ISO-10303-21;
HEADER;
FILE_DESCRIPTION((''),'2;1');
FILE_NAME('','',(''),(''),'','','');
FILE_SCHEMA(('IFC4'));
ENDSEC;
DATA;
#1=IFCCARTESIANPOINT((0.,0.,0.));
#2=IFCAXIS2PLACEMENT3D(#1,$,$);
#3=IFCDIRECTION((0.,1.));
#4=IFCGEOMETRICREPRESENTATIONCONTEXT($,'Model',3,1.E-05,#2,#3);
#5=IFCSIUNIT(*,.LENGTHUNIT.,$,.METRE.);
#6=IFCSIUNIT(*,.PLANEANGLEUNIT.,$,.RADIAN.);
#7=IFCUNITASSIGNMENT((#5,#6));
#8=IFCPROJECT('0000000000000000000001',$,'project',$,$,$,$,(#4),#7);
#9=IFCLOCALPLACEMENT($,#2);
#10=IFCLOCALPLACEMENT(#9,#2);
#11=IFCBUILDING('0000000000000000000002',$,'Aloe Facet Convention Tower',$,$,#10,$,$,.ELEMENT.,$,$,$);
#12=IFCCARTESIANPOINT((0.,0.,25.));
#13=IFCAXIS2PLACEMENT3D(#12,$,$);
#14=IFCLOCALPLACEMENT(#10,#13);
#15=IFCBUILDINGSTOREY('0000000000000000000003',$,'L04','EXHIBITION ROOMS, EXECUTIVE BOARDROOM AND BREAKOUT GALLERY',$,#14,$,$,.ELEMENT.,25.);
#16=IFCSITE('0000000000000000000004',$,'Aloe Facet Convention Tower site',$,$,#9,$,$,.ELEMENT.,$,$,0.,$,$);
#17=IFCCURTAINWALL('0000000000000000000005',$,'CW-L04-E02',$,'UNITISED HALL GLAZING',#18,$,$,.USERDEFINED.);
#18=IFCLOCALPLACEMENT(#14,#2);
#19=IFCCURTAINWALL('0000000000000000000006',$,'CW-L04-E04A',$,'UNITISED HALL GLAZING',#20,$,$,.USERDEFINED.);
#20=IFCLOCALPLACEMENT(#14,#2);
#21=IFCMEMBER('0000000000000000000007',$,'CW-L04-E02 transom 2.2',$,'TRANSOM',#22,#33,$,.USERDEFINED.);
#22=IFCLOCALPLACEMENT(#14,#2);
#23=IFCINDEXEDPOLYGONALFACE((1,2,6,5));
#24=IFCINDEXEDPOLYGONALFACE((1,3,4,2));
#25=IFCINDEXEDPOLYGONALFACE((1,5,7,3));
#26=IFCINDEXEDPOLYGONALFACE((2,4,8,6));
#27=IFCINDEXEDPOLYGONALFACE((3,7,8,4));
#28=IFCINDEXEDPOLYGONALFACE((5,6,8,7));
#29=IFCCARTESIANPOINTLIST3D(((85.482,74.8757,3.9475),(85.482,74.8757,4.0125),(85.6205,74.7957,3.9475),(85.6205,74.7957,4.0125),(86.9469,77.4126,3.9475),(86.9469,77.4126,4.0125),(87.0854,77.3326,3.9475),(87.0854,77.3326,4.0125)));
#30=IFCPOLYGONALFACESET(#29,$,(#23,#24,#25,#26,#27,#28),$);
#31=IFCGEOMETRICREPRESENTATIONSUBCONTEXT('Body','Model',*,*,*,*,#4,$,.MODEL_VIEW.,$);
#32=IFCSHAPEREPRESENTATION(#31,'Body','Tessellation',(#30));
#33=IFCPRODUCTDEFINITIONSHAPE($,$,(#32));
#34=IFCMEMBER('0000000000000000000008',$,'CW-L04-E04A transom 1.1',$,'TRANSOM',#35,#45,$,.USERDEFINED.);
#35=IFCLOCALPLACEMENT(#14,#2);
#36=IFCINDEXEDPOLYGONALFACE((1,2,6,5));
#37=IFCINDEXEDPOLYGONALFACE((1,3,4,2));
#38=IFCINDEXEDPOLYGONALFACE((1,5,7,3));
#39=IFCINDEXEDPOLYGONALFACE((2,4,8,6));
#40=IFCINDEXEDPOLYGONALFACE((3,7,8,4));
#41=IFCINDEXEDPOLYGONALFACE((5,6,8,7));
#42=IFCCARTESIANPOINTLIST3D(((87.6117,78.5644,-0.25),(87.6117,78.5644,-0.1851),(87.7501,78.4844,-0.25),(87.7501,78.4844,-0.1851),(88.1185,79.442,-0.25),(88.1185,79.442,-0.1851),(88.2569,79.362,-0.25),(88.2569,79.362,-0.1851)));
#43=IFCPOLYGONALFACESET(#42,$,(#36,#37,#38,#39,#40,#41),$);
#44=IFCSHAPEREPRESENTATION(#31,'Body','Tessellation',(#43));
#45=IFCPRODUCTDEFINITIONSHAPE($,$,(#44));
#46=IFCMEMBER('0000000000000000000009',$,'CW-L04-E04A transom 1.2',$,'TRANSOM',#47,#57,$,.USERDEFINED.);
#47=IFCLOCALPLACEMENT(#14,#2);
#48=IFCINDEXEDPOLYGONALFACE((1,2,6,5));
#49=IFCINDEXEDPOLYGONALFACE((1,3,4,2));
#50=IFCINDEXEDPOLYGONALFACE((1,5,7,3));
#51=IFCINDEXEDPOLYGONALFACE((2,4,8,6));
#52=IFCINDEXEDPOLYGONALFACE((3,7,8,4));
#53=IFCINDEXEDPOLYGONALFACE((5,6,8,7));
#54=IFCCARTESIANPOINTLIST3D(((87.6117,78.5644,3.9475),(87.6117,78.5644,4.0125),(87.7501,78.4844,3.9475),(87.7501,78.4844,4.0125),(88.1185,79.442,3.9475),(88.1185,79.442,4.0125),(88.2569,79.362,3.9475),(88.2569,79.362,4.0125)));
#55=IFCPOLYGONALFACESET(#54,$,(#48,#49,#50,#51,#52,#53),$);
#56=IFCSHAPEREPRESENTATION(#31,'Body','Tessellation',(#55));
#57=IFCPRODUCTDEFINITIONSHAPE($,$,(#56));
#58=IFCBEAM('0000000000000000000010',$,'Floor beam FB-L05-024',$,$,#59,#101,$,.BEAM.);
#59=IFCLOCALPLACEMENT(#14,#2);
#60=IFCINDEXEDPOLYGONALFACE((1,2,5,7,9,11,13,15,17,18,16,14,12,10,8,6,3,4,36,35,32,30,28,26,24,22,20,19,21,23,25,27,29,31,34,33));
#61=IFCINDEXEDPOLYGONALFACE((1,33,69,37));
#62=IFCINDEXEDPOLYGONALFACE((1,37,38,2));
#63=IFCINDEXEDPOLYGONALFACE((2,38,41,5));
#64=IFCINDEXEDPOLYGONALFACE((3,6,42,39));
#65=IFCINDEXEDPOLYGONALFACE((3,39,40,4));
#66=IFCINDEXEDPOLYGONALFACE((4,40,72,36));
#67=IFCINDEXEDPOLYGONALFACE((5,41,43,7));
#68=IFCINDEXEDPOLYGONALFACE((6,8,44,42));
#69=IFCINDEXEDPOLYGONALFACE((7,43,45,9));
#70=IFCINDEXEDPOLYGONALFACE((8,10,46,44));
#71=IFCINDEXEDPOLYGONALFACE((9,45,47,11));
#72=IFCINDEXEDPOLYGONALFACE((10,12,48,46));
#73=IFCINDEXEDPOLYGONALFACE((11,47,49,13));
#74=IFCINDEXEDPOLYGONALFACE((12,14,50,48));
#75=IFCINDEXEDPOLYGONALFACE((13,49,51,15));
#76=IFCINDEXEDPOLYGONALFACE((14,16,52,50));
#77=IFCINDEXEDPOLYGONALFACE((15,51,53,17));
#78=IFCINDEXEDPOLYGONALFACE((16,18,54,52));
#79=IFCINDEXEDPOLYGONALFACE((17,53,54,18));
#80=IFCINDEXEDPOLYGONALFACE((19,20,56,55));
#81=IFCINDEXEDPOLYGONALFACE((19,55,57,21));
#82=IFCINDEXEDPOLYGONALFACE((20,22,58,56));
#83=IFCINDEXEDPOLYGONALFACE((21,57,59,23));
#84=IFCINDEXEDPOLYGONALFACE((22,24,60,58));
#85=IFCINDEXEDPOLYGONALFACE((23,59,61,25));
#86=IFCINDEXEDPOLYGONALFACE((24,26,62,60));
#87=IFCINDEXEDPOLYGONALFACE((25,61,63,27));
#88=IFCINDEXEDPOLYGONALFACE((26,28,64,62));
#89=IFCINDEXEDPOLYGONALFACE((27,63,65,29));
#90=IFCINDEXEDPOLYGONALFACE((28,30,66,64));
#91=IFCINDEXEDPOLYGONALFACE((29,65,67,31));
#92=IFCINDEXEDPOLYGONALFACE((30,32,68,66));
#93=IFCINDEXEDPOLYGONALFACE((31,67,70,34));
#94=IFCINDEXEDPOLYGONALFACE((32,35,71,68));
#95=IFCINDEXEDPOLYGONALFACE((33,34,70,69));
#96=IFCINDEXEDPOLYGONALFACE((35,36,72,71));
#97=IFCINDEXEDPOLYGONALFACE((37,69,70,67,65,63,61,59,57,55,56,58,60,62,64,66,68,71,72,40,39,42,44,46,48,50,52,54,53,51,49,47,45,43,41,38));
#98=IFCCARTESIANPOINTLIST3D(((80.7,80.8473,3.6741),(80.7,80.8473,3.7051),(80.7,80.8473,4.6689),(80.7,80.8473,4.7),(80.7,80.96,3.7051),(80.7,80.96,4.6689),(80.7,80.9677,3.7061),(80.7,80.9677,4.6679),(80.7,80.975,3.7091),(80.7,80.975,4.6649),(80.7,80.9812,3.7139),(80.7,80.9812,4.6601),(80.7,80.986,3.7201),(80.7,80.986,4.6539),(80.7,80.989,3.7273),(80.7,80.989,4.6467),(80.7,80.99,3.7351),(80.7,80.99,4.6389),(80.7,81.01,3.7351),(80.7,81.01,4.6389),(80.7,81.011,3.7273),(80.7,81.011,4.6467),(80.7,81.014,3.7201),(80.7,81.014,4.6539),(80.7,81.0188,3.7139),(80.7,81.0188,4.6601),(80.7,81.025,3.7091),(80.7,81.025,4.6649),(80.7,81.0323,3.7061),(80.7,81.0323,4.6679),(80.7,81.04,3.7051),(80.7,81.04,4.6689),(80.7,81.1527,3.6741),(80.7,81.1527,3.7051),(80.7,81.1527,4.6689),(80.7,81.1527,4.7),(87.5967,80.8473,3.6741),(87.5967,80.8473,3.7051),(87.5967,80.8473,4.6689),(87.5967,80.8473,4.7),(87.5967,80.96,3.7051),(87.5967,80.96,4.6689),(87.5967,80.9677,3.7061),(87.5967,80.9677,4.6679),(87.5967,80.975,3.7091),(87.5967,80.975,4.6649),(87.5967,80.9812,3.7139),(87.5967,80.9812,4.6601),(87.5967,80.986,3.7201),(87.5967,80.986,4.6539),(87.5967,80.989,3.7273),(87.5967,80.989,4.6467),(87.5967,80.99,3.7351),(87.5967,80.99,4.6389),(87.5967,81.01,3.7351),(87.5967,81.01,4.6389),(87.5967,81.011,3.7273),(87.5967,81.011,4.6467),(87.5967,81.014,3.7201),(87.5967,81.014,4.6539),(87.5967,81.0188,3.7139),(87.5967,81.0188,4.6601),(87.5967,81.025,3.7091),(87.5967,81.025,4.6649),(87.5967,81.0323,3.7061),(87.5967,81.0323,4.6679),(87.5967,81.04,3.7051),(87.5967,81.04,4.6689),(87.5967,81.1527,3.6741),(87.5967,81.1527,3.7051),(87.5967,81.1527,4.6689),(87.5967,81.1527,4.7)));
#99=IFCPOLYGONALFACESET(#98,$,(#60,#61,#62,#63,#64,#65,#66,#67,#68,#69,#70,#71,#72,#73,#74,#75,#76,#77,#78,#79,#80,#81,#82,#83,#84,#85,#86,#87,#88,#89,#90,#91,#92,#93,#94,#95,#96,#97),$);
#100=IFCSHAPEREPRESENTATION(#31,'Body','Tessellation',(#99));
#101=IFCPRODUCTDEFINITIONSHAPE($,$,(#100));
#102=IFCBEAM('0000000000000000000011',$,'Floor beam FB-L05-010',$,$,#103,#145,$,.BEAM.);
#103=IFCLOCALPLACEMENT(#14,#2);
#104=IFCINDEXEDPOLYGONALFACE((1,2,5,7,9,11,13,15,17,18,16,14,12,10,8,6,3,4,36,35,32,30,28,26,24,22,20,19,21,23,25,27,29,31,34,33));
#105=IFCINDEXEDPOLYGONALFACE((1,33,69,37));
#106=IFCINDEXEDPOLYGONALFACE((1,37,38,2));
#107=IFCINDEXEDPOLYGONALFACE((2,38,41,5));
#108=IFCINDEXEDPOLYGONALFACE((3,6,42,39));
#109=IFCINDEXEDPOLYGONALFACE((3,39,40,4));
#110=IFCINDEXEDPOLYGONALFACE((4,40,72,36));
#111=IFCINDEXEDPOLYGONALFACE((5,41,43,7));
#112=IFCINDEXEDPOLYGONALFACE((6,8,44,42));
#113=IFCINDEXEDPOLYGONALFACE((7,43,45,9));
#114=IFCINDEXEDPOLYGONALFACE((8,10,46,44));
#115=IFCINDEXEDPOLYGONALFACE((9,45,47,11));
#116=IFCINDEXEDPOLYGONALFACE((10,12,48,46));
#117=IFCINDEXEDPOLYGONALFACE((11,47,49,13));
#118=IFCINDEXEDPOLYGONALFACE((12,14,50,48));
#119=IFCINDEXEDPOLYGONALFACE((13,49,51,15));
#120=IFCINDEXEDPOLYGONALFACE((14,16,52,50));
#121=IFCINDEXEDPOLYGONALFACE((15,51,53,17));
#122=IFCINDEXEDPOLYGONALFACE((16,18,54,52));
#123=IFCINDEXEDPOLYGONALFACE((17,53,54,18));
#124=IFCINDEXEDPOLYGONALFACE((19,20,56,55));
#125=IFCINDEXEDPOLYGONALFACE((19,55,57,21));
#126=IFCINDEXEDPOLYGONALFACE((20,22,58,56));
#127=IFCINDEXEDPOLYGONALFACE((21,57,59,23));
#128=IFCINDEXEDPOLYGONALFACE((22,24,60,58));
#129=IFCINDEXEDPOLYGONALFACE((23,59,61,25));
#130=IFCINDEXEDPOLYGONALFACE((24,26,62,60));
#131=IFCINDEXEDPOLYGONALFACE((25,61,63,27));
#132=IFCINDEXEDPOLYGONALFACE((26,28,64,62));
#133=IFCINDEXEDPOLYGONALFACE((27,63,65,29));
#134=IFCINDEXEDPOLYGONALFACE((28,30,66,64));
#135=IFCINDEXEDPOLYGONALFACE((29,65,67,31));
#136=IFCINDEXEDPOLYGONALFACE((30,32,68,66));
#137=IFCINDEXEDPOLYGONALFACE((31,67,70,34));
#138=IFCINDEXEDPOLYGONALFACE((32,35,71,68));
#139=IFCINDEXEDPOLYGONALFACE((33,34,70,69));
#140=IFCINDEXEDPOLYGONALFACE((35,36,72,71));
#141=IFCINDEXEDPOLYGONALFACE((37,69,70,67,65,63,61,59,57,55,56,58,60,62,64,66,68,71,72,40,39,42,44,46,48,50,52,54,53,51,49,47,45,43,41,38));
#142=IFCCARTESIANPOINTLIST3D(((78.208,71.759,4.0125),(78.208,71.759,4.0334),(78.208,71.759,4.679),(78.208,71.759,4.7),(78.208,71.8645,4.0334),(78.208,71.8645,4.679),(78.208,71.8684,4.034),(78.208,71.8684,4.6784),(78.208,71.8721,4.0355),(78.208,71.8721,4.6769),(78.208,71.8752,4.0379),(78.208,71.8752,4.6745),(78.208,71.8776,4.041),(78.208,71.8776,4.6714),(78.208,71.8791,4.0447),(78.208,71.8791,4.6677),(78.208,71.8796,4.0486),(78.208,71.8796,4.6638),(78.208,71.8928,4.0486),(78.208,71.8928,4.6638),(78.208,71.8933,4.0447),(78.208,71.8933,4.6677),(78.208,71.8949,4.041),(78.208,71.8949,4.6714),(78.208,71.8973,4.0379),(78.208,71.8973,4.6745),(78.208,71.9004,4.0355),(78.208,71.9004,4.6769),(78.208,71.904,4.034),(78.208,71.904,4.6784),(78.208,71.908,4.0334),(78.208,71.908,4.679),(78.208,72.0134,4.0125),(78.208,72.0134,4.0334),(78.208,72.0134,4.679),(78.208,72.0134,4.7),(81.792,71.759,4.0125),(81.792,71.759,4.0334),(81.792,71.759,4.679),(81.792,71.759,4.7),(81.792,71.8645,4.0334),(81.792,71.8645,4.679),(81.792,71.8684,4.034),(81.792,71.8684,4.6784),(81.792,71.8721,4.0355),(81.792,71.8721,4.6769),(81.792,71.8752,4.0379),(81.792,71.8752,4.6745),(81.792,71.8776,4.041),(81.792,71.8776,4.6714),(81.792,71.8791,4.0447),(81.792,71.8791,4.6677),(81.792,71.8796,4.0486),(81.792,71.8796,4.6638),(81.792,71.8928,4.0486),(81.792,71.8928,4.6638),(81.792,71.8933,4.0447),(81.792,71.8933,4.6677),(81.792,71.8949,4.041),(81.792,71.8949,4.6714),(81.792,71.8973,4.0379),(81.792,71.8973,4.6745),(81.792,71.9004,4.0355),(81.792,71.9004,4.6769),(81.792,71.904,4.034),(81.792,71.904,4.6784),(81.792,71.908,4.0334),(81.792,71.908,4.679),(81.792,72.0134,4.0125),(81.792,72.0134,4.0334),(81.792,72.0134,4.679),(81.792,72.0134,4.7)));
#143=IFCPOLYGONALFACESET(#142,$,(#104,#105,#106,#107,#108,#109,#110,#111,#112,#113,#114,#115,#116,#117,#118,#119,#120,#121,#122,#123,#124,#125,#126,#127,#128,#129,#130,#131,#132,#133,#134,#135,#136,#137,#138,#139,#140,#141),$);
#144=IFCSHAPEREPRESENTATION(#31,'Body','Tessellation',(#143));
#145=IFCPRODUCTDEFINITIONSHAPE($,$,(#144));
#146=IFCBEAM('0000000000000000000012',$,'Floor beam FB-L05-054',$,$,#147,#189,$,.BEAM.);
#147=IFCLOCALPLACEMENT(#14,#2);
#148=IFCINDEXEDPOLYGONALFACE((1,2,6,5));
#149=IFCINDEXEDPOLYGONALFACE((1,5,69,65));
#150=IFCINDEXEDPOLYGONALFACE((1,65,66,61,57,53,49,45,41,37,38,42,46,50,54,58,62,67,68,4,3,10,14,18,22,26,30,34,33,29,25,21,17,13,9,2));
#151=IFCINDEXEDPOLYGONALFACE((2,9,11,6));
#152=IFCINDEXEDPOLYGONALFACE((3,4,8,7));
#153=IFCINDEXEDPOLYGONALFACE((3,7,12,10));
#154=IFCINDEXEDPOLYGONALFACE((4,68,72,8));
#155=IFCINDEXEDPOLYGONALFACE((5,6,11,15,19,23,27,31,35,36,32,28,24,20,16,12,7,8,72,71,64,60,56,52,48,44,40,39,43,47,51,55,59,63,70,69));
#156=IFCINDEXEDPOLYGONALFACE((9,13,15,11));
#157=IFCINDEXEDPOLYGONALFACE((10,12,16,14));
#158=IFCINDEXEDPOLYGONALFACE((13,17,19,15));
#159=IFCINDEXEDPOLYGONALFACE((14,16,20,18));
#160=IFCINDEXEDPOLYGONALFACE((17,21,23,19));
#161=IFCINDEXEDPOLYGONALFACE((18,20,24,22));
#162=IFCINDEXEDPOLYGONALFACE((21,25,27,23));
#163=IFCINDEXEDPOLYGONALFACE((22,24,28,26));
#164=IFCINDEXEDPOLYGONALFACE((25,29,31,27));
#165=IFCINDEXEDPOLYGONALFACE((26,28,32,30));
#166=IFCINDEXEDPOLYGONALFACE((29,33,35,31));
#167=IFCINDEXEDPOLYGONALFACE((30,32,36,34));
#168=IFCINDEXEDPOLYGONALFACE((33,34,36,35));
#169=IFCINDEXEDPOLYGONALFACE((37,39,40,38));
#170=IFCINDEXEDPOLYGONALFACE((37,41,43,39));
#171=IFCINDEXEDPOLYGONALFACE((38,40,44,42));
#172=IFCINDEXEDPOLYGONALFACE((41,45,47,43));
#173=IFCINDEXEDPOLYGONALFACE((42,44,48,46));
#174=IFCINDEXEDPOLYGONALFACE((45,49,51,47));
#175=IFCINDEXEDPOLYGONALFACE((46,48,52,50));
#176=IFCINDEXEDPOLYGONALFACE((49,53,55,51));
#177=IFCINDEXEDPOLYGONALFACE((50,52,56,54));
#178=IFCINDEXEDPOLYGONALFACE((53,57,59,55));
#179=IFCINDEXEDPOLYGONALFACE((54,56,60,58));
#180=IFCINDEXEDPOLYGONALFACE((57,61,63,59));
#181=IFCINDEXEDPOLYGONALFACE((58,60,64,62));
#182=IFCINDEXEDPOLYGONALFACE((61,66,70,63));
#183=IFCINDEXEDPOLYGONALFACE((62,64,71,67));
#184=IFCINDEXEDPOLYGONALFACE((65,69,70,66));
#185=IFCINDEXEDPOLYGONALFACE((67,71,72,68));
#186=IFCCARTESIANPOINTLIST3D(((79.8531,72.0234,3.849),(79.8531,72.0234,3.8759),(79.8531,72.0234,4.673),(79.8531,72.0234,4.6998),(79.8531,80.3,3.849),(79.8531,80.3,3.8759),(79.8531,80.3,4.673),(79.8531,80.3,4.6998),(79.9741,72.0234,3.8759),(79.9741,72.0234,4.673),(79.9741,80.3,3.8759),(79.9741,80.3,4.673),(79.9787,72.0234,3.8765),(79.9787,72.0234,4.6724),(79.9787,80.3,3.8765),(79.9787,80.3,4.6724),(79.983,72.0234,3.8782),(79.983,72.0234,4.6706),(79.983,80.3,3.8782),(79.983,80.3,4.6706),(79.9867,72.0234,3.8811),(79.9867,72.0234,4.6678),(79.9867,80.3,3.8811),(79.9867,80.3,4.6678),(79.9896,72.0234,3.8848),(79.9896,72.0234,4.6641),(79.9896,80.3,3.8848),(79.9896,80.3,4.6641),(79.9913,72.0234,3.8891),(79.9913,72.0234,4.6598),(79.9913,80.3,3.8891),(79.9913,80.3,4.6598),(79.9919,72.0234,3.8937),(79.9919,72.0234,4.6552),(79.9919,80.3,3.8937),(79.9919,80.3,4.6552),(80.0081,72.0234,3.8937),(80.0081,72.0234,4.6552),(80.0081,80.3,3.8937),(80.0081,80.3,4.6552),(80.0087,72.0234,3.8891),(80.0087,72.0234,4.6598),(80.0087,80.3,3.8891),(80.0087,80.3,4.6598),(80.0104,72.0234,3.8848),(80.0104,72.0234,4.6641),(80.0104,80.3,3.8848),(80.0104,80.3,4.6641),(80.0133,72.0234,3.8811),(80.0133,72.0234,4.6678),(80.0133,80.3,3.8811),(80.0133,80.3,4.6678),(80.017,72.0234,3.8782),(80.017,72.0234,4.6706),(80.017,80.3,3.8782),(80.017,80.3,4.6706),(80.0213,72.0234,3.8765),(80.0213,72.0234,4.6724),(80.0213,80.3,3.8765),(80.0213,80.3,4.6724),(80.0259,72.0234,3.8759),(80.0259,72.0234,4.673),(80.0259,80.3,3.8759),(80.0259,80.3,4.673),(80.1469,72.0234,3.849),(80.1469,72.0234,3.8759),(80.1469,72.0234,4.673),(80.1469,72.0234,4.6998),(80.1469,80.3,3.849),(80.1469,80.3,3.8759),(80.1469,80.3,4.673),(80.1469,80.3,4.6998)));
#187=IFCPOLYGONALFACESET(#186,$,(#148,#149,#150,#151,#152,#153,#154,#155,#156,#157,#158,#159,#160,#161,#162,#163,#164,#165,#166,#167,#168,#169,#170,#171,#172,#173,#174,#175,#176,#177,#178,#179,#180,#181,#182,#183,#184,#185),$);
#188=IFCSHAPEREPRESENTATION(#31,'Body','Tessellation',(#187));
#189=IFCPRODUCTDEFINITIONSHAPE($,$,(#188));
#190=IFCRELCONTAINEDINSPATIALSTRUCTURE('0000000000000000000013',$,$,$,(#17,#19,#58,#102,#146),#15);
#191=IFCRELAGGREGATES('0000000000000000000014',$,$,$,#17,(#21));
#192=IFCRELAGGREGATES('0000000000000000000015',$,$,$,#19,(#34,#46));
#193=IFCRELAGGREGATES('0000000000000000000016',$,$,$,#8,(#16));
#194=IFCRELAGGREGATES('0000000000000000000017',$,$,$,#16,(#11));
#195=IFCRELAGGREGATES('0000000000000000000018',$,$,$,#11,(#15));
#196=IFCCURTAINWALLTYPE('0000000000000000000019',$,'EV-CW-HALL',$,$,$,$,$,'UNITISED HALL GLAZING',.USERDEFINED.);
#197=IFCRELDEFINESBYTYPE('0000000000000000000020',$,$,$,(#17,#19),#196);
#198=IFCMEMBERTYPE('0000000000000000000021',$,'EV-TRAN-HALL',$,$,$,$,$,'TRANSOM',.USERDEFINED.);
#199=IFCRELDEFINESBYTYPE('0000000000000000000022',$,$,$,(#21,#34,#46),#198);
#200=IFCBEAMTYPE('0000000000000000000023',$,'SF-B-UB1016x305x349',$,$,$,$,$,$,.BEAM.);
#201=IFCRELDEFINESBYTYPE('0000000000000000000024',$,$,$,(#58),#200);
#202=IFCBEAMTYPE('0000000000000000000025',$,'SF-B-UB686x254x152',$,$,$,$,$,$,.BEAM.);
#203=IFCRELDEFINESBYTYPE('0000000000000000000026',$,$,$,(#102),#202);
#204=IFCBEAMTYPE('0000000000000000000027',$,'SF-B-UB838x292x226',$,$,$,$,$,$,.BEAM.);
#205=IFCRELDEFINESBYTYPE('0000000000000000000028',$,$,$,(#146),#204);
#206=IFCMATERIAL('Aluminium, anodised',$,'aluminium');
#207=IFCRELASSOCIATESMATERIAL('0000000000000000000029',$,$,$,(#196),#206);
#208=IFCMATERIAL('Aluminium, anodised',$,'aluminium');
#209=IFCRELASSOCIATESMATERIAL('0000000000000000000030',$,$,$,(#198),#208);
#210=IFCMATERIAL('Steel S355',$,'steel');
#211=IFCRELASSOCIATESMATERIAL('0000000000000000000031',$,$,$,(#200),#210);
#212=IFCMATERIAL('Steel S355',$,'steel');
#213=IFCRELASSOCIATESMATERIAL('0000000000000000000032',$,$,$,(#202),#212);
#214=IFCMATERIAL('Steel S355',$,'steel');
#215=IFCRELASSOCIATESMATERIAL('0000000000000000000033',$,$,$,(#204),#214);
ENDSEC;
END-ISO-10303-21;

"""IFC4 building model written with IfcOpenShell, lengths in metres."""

from ifc_helpers import new_model, si_unit, direction, frame, origin, origin_2d, place, context, subcontext, project, spatial, rectangle, i_section, extrude, material, material_profile, profile_set, type_object, element, aggregate, save


model = new_model("IFC4")

# Units and contexts
model_context = context("Model", 3, precision=1e-05, world=origin(), true_north=direction((0.0, 1.0)))
body_context = subcontext(model_context, "Body", "Model", "MODEL_VIEW")
ifc_project = project(units=[si_unit("LENGTHUNIT", "METRE"), si_unit("PLANEANGLEUNIT", "RADIAN")], contexts=[model_context])

# Site, building, storey
site_placement = place(None, origin())
site = spatial("IfcSite", under=ifc_project, at=site_placement, Name="Aloe Facet Convention Tower site", CompositionType="ELEMENT", RefElevation=0.0)
building_placement = place(site_placement, origin())
building = spatial("IfcBuilding", under=site, at=building_placement, Name="Aloe Facet Convention Tower", CompositionType="ELEMENT")
storey_placement = place(building_placement, frame((0.0, 0.0, 25.0)))
storey = spatial("IfcBuildingStorey", under=building, at=storey_placement, Name="L04", Description="EXHIBITION ROOMS, EXECUTIVE BOARDROOM AND BREAKOUT GALLERY", CompositionType="ELEMENT", Elevation=25.0)

# Curtain walls
ifc_material_1 = material(Name="Aluminium, anodised", Category="aluminium")
curtain_wall_type = type_object("IfcCurtainWallType", Name="EV-CW-HALL", ElementType="UNITISED HALL GLAZING", PredefinedType="USERDEFINED", material=ifc_material_1)
curtain_wall_1_placement = place(storey_placement, origin())
curtain_wall_1 = element("IfcCurtainWall", 1, at=curtain_wall_1_placement, inside=storey, type_object=curtain_wall_type, Name="CW-L04-E02", ObjectType="UNITISED HALL GLAZING", PredefinedType="USERDEFINED")
curtain_wall_2_placement = place(storey_placement, origin())
curtain_wall_2 = element("IfcCurtainWall", 2, at=curtain_wall_2_placement, inside=storey, type_object=curtain_wall_type, Name="CW-L04-E04A", ObjectType="UNITISED HALL GLAZING", PredefinedType="USERDEFINED")

# Members
ifc_material_2 = material(Name="Aluminium, anodised", Category="aluminium")
ifc_material_profile_1 = material_profile(ifc_material_2, rectangle(XDim=0.1599, YDim=0.0649, at=origin_2d()), Name="AL 160x65")
ifc_profile_set_1 = profile_set([ifc_material_profile_1], Name="Aluminium, anodised")
member_type_1 = type_object("IfcMemberType", Name="EV-TRAN-HALL", ElementType="TRANSOM", PredefinedType="USERDEFINED", material=ifc_profile_set_1)
member_1_placement = place(storey_placement, frame((85.5513, 74.8357, 3.98), z_axis=(0.500047, 0.865998, 0.0), x_axis=(-0.865998, 0.500047, 0.0)))
member_1 = element("IfcMember", 3, at=member_1_placement, type_object=member_type_1, Name="CW-L04-E02 transom 2.2", ObjectType="TRANSOM", PredefinedType="USERDEFINED", context=body_context, shape_type="SweptSolid", body=[
    extrude(rectangle(XDim=0.1599, YDim=0.0649, at=origin_2d()), origin(), (0.0, 0.0, 1.0), 2.9294),
])
member_2_placement = place(storey_placement, frame((87.6809, 78.5244, -0.2175), z_axis=(0.500077, 0.865981, 0.0), x_axis=(-0.865981, 0.500077, 0.0)))
member_2 = element("IfcMember", 4, at=member_2_placement, type_object=member_type_1, Name="CW-L04-E04A transom 1.1", ObjectType="TRANSOM", PredefinedType="USERDEFINED", context=body_context, shape_type="SweptSolid", body=[
    extrude(rectangle(XDim=0.1599, YDim=0.0649, at=origin_2d()), origin(), (0.0, 0.0, 1.0), 1.0134),
])
member_3_placement = place(storey_placement, frame((87.6809, 78.5244, 3.98), z_axis=(0.500077, 0.865981, 0.0), x_axis=(-0.865981, 0.500077, 0.0)))
member_3 = element("IfcMember", 5, at=member_3_placement, type_object=member_type_1, Name="CW-L04-E04A transom 1.2", ObjectType="TRANSOM", PredefinedType="USERDEFINED", context=body_context, shape_type="SweptSolid", body=[
    extrude(rectangle(XDim=0.1599, YDim=0.0649, at=origin_2d()), origin(), (0.0, 0.0, 1.0), 1.0134),
])

# Beams
ifc_material_3 = material(Name="Steel S355", Category="steel")
ifc_material_profile_2 = material_profile(ifc_material_3, i_section(OverallWidth=0.3054, OverallDepth=1.0259, WebThickness=0.02, FlangeThickness=0.031, FilletRadius=0.03, at=origin_2d()), Name="UB 1016x305x349")
ifc_profile_set_2 = profile_set([ifc_material_profile_2], Name="Steel S355")
beam_type_1 = type_object("IfcBeamType", Name="SF-B-UB1016x305x349", PredefinedType="BEAM", material=ifc_profile_set_2)
beam_1_placement = place(storey_placement, frame((80.7, 81.0, 4.187), z_axis=(1.0, 0.0, 0.0), x_axis=(0.0, 1.0, 0.0)))
element("IfcBeam", 6, at=beam_1_placement, inside=storey, type_object=beam_type_1, Name="Floor beam FB-L05-024", PredefinedType="BEAM", context=body_context, shape_type="SweptSolid", body=[
    extrude(i_section(OverallWidth=0.3054, OverallDepth=1.0259, WebThickness=0.02, FlangeThickness=0.031, FilletRadius=0.03, at=origin_2d()), origin(), (0.0, 0.0, 1.0), 6.8967),
])
ifc_material_4 = material(Name="Steel S355", Category="steel")
ifc_material_profile_3 = material_profile(ifc_material_4, i_section(OverallWidth=0.2544, OverallDepth=0.6875, WebThickness=0.0132, FlangeThickness=0.021, FilletRadius=0.0151, at=origin_2d()), Name="UB 686x254x152")
ifc_profile_set_3 = profile_set([ifc_material_profile_3], Name="Steel S355")
beam_type_2 = type_object("IfcBeamType", Name="SF-B-UB686x254x152", PredefinedType="BEAM", material=ifc_profile_set_3)
beam_2_placement = place(storey_placement, frame((81.792, 71.8862, 4.3562), z_axis=(-1.0, 0.0, 0.0), x_axis=(0.0, -1.0, 0.0)))
element("IfcBeam", 7, at=beam_2_placement, inside=storey, type_object=beam_type_2, Name="Floor beam FB-L05-010", PredefinedType="BEAM", context=body_context, shape_type="SweptSolid", body=[
    extrude(i_section(OverallWidth=0.2544, OverallDepth=0.6875, WebThickness=0.0132, FlangeThickness=0.021, FilletRadius=0.0151, at=origin_2d()), origin(), (0.0, 0.0, 1.0), 3.584),
])
ifc_material_5 = material(Name="Steel S355", Category="steel")
ifc_material_profile_4 = material_profile(ifc_material_5, i_section(OverallWidth=0.2937, OverallDepth=0.8508, WebThickness=0.0161, FlangeThickness=0.0269, FilletRadius=0.0178, at=origin_2d()), Name="UB 838x292x226")
ifc_profile_set_4 = profile_set([ifc_material_profile_4], Name="Steel S355")
beam_type_3 = type_object("IfcBeamType", Name="SF-B-UB838x292x226", PredefinedType="BEAM", material=ifc_profile_set_4)
beam_3_placement = place(storey_placement, frame((80.0, 72.0234, 4.2744), z_axis=(0.0, 1.0, 0.0), x_axis=(-1.0, 0.0, 0.0)))
element("IfcBeam", 8, at=beam_3_placement, inside=storey, type_object=beam_type_3, Name="Floor beam FB-L05-054", PredefinedType="BEAM", context=body_context, shape_type="SweptSolid", body=[
    extrude(i_section(OverallWidth=0.2937, OverallDepth=0.8508, WebThickness=0.0161, FlangeThickness=0.0269, FilletRadius=0.0178, at=origin_2d()), origin(), (0.0, 0.0, 1.0), 8.2766),
])

aggregate(curtain_wall_1, [member_1])
aggregate(curtain_wall_2, [member_2, member_3])

save(model, "model.ifc")
